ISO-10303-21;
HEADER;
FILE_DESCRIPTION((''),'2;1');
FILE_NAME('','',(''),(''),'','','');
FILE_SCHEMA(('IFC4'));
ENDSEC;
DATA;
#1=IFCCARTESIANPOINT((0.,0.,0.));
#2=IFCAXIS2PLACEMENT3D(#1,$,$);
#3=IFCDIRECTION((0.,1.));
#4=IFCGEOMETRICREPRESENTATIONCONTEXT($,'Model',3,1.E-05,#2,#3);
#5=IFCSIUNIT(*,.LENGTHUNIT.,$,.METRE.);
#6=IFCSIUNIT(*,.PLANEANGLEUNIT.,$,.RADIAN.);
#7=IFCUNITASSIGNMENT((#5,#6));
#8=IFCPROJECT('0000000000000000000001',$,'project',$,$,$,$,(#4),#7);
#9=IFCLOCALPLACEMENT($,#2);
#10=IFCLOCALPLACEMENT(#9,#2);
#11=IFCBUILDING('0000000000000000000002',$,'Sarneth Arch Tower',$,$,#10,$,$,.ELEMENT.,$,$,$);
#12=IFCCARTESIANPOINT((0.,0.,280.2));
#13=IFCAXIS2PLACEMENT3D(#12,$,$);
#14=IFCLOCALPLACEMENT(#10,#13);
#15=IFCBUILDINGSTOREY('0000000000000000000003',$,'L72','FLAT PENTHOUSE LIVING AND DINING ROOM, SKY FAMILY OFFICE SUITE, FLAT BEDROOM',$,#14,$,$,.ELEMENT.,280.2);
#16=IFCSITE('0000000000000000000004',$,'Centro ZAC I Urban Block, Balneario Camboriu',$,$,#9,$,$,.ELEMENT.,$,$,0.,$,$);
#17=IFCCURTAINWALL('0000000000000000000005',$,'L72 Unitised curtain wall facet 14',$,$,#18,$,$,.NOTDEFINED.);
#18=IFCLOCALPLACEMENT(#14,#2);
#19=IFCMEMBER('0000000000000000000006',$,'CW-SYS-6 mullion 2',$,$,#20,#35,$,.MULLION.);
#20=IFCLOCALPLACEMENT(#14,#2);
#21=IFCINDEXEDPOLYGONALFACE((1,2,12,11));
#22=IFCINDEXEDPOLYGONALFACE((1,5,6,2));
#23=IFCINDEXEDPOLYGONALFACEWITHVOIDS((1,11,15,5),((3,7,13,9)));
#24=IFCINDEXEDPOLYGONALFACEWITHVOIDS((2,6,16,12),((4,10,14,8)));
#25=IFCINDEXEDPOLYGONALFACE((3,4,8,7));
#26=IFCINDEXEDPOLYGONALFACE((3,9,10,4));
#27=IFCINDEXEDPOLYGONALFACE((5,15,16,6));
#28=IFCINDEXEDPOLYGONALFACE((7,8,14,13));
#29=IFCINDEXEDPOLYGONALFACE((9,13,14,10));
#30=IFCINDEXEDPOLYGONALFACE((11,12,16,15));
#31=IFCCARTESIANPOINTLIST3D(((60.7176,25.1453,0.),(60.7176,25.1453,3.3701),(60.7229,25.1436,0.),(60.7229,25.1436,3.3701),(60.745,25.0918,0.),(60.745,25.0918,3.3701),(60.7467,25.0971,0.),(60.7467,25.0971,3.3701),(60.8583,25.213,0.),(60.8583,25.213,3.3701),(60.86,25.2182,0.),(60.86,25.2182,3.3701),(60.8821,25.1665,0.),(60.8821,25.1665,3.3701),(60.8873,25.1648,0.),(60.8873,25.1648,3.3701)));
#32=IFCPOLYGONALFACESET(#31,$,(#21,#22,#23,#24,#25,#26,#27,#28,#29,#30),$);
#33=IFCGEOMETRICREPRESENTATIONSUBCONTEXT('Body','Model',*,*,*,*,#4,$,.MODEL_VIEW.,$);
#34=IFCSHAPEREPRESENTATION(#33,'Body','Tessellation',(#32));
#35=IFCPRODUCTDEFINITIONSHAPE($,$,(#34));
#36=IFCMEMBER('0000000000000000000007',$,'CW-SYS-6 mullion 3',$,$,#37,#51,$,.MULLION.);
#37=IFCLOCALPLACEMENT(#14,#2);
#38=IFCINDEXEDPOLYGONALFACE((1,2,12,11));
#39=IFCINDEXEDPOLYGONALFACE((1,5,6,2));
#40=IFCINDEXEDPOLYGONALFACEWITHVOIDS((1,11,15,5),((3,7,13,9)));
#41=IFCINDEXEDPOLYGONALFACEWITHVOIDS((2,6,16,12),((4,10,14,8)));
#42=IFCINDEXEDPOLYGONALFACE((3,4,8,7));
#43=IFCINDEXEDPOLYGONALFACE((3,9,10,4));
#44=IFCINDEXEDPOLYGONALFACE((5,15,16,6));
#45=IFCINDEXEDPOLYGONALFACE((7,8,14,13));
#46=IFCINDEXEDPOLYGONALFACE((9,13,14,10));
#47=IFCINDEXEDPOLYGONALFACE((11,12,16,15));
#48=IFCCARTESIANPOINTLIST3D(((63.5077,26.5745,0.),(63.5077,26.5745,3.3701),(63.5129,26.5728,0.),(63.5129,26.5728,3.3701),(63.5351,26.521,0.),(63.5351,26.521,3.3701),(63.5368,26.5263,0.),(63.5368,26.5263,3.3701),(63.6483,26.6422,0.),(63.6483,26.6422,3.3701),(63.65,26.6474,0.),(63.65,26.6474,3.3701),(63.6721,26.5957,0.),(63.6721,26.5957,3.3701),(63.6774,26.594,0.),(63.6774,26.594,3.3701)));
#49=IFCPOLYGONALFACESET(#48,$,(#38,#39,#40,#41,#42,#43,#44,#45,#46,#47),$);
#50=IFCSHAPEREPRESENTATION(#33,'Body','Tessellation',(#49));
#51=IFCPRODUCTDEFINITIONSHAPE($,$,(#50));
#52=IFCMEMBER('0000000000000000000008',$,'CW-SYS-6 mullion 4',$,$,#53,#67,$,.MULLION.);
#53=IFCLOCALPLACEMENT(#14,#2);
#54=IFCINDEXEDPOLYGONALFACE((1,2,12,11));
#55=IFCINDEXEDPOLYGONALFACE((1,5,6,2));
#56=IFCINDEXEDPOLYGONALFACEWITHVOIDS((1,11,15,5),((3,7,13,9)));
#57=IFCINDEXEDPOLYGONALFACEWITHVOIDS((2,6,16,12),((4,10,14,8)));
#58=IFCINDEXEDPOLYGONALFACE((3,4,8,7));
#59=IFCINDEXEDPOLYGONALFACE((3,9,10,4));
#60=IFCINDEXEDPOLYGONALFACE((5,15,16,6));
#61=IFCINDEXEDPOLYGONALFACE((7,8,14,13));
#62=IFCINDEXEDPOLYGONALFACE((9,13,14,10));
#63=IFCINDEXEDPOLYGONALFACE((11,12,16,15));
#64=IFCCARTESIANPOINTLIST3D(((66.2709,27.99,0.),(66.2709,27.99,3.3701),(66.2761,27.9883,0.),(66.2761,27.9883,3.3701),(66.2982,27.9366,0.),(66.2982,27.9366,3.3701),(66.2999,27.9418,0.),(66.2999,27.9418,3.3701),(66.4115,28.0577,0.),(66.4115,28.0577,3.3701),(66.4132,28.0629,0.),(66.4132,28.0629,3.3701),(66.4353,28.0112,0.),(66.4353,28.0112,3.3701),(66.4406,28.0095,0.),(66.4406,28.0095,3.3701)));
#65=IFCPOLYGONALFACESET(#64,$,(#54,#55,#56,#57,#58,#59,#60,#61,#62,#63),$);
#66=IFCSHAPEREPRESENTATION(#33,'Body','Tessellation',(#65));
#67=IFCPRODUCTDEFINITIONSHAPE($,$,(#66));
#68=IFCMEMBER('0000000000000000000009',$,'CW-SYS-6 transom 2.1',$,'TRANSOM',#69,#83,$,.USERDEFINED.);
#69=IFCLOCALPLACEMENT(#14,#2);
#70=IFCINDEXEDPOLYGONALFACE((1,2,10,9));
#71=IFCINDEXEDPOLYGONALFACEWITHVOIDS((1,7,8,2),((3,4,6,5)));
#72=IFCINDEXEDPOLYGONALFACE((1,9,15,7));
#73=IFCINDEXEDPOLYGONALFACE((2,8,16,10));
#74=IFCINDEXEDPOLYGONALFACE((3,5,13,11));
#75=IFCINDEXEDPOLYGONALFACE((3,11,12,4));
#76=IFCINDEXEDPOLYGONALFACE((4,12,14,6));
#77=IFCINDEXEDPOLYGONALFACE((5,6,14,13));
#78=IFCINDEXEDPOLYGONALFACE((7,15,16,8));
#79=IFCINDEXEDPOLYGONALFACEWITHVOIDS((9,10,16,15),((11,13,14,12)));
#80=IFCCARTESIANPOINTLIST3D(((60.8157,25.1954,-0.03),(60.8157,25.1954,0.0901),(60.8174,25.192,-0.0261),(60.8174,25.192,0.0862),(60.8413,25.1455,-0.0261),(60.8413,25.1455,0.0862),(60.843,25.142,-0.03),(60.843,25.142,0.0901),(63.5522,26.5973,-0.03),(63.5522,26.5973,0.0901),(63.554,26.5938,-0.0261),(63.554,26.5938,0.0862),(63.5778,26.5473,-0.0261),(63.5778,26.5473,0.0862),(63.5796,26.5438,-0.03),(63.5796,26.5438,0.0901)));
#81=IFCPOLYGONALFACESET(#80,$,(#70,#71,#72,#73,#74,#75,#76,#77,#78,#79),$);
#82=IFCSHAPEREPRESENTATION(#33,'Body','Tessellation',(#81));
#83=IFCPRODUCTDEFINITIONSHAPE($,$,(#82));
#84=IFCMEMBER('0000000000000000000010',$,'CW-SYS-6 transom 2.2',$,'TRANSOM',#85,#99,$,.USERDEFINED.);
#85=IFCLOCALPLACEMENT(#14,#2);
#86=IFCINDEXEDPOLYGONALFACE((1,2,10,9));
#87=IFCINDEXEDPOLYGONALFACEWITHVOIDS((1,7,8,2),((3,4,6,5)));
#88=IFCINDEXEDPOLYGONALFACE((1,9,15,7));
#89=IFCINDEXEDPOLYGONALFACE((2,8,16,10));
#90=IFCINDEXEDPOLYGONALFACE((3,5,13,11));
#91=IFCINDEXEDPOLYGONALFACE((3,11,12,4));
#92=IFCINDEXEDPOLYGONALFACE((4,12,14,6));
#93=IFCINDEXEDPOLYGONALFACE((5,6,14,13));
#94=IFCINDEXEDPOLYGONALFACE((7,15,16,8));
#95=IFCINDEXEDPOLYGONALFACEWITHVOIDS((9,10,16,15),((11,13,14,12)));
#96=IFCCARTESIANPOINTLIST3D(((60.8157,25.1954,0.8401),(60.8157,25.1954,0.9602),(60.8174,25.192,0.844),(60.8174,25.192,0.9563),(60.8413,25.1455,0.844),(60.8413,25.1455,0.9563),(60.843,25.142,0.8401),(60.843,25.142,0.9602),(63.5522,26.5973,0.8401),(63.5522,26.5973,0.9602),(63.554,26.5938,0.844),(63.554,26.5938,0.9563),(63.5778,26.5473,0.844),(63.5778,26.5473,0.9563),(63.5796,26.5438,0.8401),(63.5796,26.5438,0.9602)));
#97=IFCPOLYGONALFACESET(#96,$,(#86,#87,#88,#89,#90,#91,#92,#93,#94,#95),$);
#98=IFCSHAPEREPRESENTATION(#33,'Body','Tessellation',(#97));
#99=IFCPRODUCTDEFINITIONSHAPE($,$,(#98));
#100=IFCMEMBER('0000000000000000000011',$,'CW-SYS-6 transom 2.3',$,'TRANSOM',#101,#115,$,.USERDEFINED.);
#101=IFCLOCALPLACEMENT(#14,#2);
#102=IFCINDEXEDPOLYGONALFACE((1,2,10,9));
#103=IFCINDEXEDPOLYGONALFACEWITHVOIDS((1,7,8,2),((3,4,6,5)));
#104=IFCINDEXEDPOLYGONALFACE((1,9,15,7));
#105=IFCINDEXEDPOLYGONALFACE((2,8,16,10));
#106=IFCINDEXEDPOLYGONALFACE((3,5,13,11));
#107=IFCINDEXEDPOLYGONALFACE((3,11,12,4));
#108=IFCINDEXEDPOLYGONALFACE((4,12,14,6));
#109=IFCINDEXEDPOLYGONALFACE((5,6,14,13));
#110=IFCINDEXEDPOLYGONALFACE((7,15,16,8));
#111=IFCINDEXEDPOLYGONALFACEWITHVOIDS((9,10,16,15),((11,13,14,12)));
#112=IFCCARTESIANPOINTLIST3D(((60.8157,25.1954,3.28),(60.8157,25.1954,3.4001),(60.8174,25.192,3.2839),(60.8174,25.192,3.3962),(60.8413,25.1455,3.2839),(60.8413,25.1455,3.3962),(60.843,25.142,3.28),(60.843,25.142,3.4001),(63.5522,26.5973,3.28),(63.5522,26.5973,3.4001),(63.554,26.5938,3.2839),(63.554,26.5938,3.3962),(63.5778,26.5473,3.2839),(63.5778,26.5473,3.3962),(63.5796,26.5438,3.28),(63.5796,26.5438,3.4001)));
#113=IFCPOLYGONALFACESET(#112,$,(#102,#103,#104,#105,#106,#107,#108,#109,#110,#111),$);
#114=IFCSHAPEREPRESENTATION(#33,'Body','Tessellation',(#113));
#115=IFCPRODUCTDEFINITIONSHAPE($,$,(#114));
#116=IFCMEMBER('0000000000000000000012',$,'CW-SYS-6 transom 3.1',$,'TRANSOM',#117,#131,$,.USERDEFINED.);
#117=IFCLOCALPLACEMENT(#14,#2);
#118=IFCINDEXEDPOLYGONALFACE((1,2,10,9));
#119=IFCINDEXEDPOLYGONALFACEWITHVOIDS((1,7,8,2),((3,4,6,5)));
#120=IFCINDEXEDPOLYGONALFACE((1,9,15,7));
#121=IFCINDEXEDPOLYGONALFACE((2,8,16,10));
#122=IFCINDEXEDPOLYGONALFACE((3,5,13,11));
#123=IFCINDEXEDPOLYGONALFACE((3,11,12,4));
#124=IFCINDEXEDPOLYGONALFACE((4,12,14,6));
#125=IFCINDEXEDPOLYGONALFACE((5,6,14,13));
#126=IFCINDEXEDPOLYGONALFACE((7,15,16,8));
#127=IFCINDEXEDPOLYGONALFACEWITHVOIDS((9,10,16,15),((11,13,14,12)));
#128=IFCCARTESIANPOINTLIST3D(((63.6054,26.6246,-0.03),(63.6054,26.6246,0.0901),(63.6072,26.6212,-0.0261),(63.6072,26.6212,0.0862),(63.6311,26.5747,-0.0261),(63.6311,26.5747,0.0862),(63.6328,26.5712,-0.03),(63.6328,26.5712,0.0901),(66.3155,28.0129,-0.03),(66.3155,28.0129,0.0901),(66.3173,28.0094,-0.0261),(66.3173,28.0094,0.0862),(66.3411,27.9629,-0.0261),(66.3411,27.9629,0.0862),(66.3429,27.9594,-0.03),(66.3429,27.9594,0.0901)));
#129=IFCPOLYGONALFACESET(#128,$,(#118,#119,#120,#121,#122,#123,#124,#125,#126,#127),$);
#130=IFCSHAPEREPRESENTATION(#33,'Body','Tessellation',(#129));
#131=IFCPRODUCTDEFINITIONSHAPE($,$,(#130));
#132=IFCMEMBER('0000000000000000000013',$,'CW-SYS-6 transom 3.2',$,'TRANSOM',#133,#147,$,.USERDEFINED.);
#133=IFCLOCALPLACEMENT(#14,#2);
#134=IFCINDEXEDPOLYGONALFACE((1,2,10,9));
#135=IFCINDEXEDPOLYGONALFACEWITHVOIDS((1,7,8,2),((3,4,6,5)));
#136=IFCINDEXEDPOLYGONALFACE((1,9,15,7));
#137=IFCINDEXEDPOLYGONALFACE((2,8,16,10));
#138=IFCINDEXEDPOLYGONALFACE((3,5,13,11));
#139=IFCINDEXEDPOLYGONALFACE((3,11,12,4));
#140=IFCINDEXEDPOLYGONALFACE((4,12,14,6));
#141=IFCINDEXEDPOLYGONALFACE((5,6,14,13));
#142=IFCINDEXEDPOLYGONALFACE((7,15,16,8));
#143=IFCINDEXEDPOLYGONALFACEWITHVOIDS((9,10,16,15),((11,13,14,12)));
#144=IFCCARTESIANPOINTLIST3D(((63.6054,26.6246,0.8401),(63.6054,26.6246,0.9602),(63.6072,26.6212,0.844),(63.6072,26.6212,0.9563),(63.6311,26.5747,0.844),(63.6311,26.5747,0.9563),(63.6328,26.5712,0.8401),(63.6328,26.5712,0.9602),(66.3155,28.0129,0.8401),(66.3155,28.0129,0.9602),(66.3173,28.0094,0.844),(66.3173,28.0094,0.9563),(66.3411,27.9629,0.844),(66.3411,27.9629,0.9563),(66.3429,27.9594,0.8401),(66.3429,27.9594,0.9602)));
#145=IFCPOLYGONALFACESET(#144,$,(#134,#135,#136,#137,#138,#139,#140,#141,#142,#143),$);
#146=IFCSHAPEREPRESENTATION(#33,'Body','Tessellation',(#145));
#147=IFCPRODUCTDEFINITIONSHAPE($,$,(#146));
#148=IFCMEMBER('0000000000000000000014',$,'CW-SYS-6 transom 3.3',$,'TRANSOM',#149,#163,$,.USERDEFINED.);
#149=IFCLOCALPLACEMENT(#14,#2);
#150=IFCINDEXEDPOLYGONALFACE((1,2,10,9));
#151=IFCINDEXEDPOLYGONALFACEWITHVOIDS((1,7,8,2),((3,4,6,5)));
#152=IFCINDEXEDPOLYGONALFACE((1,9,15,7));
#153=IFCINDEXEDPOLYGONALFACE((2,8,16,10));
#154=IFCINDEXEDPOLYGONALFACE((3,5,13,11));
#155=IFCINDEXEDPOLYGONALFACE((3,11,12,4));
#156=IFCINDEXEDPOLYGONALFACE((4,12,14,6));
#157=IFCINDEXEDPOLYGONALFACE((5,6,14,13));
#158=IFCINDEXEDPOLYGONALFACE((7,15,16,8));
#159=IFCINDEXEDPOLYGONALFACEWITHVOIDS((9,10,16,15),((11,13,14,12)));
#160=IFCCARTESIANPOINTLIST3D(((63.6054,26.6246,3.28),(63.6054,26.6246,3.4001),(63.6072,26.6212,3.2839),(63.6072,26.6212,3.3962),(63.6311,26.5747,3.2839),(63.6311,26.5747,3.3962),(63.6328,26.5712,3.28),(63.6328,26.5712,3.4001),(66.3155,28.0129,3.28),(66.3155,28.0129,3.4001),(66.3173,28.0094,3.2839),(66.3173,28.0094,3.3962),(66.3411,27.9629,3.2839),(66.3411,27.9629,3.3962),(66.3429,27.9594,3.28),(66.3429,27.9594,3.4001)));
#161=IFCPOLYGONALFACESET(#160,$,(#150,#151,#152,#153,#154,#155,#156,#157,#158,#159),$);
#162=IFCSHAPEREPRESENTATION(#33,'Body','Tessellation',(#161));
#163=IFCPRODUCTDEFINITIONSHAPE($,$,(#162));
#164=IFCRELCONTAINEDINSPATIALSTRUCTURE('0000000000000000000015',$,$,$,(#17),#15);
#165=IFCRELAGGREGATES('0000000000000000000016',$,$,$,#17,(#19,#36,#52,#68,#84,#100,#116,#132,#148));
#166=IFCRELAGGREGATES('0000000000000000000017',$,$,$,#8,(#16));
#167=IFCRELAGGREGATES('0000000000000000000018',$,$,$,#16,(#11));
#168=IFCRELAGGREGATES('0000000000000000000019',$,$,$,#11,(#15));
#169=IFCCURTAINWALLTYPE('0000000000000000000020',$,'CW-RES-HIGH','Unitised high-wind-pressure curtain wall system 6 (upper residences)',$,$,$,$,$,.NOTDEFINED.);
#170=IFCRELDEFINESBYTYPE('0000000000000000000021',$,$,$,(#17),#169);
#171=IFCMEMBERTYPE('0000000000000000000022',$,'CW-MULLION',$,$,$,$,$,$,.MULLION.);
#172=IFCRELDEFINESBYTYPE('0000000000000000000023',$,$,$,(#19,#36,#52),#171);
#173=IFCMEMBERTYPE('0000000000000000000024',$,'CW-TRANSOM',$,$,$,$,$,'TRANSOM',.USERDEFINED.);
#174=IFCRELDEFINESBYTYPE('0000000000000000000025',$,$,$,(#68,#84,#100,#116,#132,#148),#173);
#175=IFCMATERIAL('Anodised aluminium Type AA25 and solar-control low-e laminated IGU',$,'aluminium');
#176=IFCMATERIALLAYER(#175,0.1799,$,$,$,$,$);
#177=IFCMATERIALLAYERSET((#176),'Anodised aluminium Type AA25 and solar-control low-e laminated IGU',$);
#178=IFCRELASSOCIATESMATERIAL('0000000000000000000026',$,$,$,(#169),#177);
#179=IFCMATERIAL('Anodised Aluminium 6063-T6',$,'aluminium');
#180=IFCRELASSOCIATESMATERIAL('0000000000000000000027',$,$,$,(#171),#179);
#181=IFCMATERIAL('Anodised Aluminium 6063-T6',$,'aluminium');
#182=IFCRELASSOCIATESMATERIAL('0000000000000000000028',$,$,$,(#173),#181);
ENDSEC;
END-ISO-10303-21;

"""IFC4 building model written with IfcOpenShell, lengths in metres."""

from ifc_helpers import new_model, si_unit, direction, frame, origin, origin_2d, place, context, subcontext, project, spatial, hollow_rectangle, extrude, material, layer, layer_set, material_profile, profile_set, type_object, element, aggregate, save


model = new_model("IFC4")

# Units and contexts
model_context = context("Model", 3, precision=1e-05, world=origin(), true_north=direction((0.0, 1.0)))
body_context = subcontext(model_context, "Body", "Model", "MODEL_VIEW")
ifc_project = project(units=[si_unit("LENGTHUNIT", "METRE"), si_unit("PLANEANGLEUNIT", "RADIAN")], contexts=[model_context])

# Site, building, storey
site_placement = place(None, origin())
site = spatial("IfcSite", under=ifc_project, at=site_placement, Name="Centro ZAC I Urban Block, Balneario Camboriu", CompositionType="ELEMENT", RefElevation=0.0)
building_placement = place(site_placement, origin())
building = spatial("IfcBuilding", under=site, at=building_placement, Name="Sarneth Arch Tower", CompositionType="ELEMENT")
storey_placement = place(building_placement, frame((0.0, 0.0, 280.2)))
storey = spatial("IfcBuildingStorey", under=building, at=storey_placement, Name="L72", Description="FLAT PENTHOUSE LIVING AND DINING ROOM, SKY FAMILY OFFICE SUITE, FLAT BEDROOM", CompositionType="ELEMENT", Elevation=280.2)

# Curtain wall, members
ifc_material_1 = material(Name="Anodised aluminium Type AA25 and solar-control low-e laminated IGU", Category="aluminium")
ifc_layer_1 = layer(ifc_material_1, 0.1799)
ifc_layer_set_1 = layer_set([ifc_layer_1], Name="Anodised aluminium Type AA25 and solar-control low-e laminated IGU")
curtain_wall_type = type_object("IfcCurtainWallType", Name="CW-RES-HIGH", Description="Unitised high-wind-pressure curtain wall system 6 (upper residences)", PredefinedType="NOTDEFINED", material=ifc_layer_set_1)
curtain_wall_placement = place(storey_placement, origin())
curtain_wall = element("IfcCurtainWall", 1, at=curtain_wall_placement, inside=storey, type_object=curtain_wall_type, Name="L72 Unitised curtain wall facet 14", PredefinedType="NOTDEFINED")
ifc_material_2 = material(Name="Anodised Aluminium 6063-T6", Category="aluminium")
ifc_material_profile_1 = material_profile(ifc_material_2, hollow_rectangle(XDim=0.0601, YDim=0.1599, WallThickness=0.0039, at=origin_2d()), Name="AL-MULL-160x60x4")
ifc_profile_set_1 = profile_set([ifc_material_profile_1], Name="Anodised Aluminium 6063-T6")
member_type_1 = type_object("IfcMemberType", Name="CW-MULLION", PredefinedType="MULLION", material=ifc_profile_set_1)
member_1_placement = place(storey_placement, frame((60.8025, 25.155, 0.0), z_axis=(0.0, 0.0, 1.0), x_axis=(-0.455942, 0.89001, 0.0)))
member_1 = element("IfcMember", 2, at=member_1_placement, type_object=member_type_1, Name="CW-SYS-6 mullion 2", PredefinedType="MULLION", context=body_context, shape_type="SweptSolid", body=[
    extrude(hollow_rectangle(XDim=0.0601, YDim=0.1599, WallThickness=0.0039, at=origin_2d()), origin(), (0.0, 0.0, 1.0), 3.3701),
])
member_2_placement = place(storey_placement, frame((63.5925, 26.5842, 0.0), z_axis=(0.0, 0.0, 1.0), x_axis=(-0.455942, 0.89001, 0.0)))
member_2 = element("IfcMember", 3, at=member_2_placement, type_object=member_type_1, Name="CW-SYS-6 mullion 3", PredefinedType="MULLION", context=body_context, shape_type="SweptSolid", body=[
    extrude(hollow_rectangle(XDim=0.0601, YDim=0.1599, WallThickness=0.0039, at=origin_2d()), origin(), (0.0, 0.0, 1.0), 3.3701),
])
member_3_placement = place(storey_placement, frame((66.3557, 27.9998, 0.0), z_axis=(0.0, 0.0, 1.0), x_axis=(-0.455942, 0.89001, 0.0)))
member_3 = element("IfcMember", 4, at=member_3_placement, type_object=member_type_1, Name="CW-SYS-6 mullion 4", PredefinedType="MULLION", context=body_context, shape_type="SweptSolid", body=[
    extrude(hollow_rectangle(XDim=0.0601, YDim=0.1599, WallThickness=0.0039, at=origin_2d()), origin(), (0.0, 0.0, 1.0), 3.3701),
])
ifc_material_3 = material(Name="Anodised Aluminium 6063-T6", Category="aluminium")
ifc_material_profile_2 = material_profile(ifc_material_3, hollow_rectangle(XDim=0.0601, YDim=0.1201, WallThickness=0.0039, at=origin_2d()), Name="AL-TRAN-120x60x4")
ifc_profile_set_2 = profile_set([ifc_material_profile_2], Name="Anodised Aluminium 6063-T6")
member_type_2 = type_object("IfcMemberType", Name="CW-TRANSOM", ElementType="TRANSOM", PredefinedType="USERDEFINED", material=ifc_profile_set_2)
member_4_placement = place(storey_placement, frame((60.8293, 25.1687, 0.03), z_axis=(0.890017, 0.455926, 0.0), x_axis=(-0.455926, 0.890017, 0.0)))
member_4 = element("IfcMember", 5, at=member_4_placement, type_object=member_type_2, Name="CW-SYS-6 transom 2.1", ObjectType="TRANSOM", PredefinedType="USERDEFINED", context=body_context, shape_type="SweptSolid", body=[
    extrude(hollow_rectangle(XDim=0.0601, YDim=0.1201, WallThickness=0.0039, at=origin_2d()), origin(), (0.0, 0.0, 1.0), 3.0747),
])
member_5_placement = place(storey_placement, frame((60.8293, 25.1687, 0.9001), z_axis=(0.890017, 0.455926, 0.0), x_axis=(-0.455926, 0.890017, 0.0)))
member_5 = element("IfcMember", 6, at=member_5_placement, type_object=member_type_2, Name="CW-SYS-6 transom 2.2", ObjectType="TRANSOM", PredefinedType="USERDEFINED", context=body_context, shape_type="SweptSolid", body=[
    extrude(hollow_rectangle(XDim=0.0601, YDim=0.1201, WallThickness=0.0039, at=origin_2d()), origin(), (0.0, 0.0, 1.0), 3.0747),
])
member_6_placement = place(storey_placement, frame((60.8293, 25.1687, 3.3401), z_axis=(0.890017, 0.455926, 0.0), x_axis=(-0.455926, 0.890017, 0.0)))
member_6 = element("IfcMember", 7, at=member_6_placement, type_object=member_type_2, Name="CW-SYS-6 transom 2.3", ObjectType="TRANSOM", PredefinedType="USERDEFINED", context=body_context, shape_type="SweptSolid", body=[
    extrude(hollow_rectangle(XDim=0.0601, YDim=0.1201, WallThickness=0.0039, at=origin_2d()), origin(), (0.0, 0.0, 1.0), 3.0747),
])
member_7_placement = place(storey_placement, frame((63.6191, 26.5979, 0.03), z_axis=(0.890023, 0.455916, 0.0), x_axis=(-0.455916, 0.890023, 0.0)))
member_7 = element("IfcMember", 8, at=member_7_placement, type_object=member_type_2, Name="CW-SYS-6 transom 3.1", ObjectType="TRANSOM", PredefinedType="USERDEFINED", context=body_context, shape_type="SweptSolid", body=[
    extrude(hollow_rectangle(XDim=0.0601, YDim=0.1201, WallThickness=0.0039, at=origin_2d()), origin(), (0.0, 0.0, 1.0), 3.0449),
])
member_8_placement = place(storey_placement, frame((63.6191, 26.5979, 0.9001), z_axis=(0.890023, 0.455916, 0.0), x_axis=(-0.455916, 0.890023, 0.0)))
member_8 = element("IfcMember", 9, at=member_8_placement, type_object=member_type_2, Name="CW-SYS-6 transom 3.2", ObjectType="TRANSOM", PredefinedType="USERDEFINED", context=body_context, shape_type="SweptSolid", body=[
    extrude(hollow_rectangle(XDim=0.0601, YDim=0.1201, WallThickness=0.0039, at=origin_2d()), origin(), (0.0, 0.0, 1.0), 3.0449),
])
member_9_placement = place(storey_placement, frame((63.6191, 26.5979, 3.3401), z_axis=(0.890023, 0.455916, 0.0), x_axis=(-0.455916, 0.890023, 0.0)))
member_9 = element("IfcMember", 10, at=member_9_placement, type_object=member_type_2, Name="CW-SYS-6 transom 3.3", ObjectType="TRANSOM", PredefinedType="USERDEFINED", context=body_context, shape_type="SweptSolid", body=[
    extrude(hollow_rectangle(XDim=0.0601, YDim=0.1201, WallThickness=0.0039, at=origin_2d()), origin(), (0.0, 0.0, 1.0), 3.0449),
])

aggregate(curtain_wall, [member_1, member_2, member_3, member_4, member_5, member_6, member_7, member_8, member_9])

save(model, "model.ifc")
